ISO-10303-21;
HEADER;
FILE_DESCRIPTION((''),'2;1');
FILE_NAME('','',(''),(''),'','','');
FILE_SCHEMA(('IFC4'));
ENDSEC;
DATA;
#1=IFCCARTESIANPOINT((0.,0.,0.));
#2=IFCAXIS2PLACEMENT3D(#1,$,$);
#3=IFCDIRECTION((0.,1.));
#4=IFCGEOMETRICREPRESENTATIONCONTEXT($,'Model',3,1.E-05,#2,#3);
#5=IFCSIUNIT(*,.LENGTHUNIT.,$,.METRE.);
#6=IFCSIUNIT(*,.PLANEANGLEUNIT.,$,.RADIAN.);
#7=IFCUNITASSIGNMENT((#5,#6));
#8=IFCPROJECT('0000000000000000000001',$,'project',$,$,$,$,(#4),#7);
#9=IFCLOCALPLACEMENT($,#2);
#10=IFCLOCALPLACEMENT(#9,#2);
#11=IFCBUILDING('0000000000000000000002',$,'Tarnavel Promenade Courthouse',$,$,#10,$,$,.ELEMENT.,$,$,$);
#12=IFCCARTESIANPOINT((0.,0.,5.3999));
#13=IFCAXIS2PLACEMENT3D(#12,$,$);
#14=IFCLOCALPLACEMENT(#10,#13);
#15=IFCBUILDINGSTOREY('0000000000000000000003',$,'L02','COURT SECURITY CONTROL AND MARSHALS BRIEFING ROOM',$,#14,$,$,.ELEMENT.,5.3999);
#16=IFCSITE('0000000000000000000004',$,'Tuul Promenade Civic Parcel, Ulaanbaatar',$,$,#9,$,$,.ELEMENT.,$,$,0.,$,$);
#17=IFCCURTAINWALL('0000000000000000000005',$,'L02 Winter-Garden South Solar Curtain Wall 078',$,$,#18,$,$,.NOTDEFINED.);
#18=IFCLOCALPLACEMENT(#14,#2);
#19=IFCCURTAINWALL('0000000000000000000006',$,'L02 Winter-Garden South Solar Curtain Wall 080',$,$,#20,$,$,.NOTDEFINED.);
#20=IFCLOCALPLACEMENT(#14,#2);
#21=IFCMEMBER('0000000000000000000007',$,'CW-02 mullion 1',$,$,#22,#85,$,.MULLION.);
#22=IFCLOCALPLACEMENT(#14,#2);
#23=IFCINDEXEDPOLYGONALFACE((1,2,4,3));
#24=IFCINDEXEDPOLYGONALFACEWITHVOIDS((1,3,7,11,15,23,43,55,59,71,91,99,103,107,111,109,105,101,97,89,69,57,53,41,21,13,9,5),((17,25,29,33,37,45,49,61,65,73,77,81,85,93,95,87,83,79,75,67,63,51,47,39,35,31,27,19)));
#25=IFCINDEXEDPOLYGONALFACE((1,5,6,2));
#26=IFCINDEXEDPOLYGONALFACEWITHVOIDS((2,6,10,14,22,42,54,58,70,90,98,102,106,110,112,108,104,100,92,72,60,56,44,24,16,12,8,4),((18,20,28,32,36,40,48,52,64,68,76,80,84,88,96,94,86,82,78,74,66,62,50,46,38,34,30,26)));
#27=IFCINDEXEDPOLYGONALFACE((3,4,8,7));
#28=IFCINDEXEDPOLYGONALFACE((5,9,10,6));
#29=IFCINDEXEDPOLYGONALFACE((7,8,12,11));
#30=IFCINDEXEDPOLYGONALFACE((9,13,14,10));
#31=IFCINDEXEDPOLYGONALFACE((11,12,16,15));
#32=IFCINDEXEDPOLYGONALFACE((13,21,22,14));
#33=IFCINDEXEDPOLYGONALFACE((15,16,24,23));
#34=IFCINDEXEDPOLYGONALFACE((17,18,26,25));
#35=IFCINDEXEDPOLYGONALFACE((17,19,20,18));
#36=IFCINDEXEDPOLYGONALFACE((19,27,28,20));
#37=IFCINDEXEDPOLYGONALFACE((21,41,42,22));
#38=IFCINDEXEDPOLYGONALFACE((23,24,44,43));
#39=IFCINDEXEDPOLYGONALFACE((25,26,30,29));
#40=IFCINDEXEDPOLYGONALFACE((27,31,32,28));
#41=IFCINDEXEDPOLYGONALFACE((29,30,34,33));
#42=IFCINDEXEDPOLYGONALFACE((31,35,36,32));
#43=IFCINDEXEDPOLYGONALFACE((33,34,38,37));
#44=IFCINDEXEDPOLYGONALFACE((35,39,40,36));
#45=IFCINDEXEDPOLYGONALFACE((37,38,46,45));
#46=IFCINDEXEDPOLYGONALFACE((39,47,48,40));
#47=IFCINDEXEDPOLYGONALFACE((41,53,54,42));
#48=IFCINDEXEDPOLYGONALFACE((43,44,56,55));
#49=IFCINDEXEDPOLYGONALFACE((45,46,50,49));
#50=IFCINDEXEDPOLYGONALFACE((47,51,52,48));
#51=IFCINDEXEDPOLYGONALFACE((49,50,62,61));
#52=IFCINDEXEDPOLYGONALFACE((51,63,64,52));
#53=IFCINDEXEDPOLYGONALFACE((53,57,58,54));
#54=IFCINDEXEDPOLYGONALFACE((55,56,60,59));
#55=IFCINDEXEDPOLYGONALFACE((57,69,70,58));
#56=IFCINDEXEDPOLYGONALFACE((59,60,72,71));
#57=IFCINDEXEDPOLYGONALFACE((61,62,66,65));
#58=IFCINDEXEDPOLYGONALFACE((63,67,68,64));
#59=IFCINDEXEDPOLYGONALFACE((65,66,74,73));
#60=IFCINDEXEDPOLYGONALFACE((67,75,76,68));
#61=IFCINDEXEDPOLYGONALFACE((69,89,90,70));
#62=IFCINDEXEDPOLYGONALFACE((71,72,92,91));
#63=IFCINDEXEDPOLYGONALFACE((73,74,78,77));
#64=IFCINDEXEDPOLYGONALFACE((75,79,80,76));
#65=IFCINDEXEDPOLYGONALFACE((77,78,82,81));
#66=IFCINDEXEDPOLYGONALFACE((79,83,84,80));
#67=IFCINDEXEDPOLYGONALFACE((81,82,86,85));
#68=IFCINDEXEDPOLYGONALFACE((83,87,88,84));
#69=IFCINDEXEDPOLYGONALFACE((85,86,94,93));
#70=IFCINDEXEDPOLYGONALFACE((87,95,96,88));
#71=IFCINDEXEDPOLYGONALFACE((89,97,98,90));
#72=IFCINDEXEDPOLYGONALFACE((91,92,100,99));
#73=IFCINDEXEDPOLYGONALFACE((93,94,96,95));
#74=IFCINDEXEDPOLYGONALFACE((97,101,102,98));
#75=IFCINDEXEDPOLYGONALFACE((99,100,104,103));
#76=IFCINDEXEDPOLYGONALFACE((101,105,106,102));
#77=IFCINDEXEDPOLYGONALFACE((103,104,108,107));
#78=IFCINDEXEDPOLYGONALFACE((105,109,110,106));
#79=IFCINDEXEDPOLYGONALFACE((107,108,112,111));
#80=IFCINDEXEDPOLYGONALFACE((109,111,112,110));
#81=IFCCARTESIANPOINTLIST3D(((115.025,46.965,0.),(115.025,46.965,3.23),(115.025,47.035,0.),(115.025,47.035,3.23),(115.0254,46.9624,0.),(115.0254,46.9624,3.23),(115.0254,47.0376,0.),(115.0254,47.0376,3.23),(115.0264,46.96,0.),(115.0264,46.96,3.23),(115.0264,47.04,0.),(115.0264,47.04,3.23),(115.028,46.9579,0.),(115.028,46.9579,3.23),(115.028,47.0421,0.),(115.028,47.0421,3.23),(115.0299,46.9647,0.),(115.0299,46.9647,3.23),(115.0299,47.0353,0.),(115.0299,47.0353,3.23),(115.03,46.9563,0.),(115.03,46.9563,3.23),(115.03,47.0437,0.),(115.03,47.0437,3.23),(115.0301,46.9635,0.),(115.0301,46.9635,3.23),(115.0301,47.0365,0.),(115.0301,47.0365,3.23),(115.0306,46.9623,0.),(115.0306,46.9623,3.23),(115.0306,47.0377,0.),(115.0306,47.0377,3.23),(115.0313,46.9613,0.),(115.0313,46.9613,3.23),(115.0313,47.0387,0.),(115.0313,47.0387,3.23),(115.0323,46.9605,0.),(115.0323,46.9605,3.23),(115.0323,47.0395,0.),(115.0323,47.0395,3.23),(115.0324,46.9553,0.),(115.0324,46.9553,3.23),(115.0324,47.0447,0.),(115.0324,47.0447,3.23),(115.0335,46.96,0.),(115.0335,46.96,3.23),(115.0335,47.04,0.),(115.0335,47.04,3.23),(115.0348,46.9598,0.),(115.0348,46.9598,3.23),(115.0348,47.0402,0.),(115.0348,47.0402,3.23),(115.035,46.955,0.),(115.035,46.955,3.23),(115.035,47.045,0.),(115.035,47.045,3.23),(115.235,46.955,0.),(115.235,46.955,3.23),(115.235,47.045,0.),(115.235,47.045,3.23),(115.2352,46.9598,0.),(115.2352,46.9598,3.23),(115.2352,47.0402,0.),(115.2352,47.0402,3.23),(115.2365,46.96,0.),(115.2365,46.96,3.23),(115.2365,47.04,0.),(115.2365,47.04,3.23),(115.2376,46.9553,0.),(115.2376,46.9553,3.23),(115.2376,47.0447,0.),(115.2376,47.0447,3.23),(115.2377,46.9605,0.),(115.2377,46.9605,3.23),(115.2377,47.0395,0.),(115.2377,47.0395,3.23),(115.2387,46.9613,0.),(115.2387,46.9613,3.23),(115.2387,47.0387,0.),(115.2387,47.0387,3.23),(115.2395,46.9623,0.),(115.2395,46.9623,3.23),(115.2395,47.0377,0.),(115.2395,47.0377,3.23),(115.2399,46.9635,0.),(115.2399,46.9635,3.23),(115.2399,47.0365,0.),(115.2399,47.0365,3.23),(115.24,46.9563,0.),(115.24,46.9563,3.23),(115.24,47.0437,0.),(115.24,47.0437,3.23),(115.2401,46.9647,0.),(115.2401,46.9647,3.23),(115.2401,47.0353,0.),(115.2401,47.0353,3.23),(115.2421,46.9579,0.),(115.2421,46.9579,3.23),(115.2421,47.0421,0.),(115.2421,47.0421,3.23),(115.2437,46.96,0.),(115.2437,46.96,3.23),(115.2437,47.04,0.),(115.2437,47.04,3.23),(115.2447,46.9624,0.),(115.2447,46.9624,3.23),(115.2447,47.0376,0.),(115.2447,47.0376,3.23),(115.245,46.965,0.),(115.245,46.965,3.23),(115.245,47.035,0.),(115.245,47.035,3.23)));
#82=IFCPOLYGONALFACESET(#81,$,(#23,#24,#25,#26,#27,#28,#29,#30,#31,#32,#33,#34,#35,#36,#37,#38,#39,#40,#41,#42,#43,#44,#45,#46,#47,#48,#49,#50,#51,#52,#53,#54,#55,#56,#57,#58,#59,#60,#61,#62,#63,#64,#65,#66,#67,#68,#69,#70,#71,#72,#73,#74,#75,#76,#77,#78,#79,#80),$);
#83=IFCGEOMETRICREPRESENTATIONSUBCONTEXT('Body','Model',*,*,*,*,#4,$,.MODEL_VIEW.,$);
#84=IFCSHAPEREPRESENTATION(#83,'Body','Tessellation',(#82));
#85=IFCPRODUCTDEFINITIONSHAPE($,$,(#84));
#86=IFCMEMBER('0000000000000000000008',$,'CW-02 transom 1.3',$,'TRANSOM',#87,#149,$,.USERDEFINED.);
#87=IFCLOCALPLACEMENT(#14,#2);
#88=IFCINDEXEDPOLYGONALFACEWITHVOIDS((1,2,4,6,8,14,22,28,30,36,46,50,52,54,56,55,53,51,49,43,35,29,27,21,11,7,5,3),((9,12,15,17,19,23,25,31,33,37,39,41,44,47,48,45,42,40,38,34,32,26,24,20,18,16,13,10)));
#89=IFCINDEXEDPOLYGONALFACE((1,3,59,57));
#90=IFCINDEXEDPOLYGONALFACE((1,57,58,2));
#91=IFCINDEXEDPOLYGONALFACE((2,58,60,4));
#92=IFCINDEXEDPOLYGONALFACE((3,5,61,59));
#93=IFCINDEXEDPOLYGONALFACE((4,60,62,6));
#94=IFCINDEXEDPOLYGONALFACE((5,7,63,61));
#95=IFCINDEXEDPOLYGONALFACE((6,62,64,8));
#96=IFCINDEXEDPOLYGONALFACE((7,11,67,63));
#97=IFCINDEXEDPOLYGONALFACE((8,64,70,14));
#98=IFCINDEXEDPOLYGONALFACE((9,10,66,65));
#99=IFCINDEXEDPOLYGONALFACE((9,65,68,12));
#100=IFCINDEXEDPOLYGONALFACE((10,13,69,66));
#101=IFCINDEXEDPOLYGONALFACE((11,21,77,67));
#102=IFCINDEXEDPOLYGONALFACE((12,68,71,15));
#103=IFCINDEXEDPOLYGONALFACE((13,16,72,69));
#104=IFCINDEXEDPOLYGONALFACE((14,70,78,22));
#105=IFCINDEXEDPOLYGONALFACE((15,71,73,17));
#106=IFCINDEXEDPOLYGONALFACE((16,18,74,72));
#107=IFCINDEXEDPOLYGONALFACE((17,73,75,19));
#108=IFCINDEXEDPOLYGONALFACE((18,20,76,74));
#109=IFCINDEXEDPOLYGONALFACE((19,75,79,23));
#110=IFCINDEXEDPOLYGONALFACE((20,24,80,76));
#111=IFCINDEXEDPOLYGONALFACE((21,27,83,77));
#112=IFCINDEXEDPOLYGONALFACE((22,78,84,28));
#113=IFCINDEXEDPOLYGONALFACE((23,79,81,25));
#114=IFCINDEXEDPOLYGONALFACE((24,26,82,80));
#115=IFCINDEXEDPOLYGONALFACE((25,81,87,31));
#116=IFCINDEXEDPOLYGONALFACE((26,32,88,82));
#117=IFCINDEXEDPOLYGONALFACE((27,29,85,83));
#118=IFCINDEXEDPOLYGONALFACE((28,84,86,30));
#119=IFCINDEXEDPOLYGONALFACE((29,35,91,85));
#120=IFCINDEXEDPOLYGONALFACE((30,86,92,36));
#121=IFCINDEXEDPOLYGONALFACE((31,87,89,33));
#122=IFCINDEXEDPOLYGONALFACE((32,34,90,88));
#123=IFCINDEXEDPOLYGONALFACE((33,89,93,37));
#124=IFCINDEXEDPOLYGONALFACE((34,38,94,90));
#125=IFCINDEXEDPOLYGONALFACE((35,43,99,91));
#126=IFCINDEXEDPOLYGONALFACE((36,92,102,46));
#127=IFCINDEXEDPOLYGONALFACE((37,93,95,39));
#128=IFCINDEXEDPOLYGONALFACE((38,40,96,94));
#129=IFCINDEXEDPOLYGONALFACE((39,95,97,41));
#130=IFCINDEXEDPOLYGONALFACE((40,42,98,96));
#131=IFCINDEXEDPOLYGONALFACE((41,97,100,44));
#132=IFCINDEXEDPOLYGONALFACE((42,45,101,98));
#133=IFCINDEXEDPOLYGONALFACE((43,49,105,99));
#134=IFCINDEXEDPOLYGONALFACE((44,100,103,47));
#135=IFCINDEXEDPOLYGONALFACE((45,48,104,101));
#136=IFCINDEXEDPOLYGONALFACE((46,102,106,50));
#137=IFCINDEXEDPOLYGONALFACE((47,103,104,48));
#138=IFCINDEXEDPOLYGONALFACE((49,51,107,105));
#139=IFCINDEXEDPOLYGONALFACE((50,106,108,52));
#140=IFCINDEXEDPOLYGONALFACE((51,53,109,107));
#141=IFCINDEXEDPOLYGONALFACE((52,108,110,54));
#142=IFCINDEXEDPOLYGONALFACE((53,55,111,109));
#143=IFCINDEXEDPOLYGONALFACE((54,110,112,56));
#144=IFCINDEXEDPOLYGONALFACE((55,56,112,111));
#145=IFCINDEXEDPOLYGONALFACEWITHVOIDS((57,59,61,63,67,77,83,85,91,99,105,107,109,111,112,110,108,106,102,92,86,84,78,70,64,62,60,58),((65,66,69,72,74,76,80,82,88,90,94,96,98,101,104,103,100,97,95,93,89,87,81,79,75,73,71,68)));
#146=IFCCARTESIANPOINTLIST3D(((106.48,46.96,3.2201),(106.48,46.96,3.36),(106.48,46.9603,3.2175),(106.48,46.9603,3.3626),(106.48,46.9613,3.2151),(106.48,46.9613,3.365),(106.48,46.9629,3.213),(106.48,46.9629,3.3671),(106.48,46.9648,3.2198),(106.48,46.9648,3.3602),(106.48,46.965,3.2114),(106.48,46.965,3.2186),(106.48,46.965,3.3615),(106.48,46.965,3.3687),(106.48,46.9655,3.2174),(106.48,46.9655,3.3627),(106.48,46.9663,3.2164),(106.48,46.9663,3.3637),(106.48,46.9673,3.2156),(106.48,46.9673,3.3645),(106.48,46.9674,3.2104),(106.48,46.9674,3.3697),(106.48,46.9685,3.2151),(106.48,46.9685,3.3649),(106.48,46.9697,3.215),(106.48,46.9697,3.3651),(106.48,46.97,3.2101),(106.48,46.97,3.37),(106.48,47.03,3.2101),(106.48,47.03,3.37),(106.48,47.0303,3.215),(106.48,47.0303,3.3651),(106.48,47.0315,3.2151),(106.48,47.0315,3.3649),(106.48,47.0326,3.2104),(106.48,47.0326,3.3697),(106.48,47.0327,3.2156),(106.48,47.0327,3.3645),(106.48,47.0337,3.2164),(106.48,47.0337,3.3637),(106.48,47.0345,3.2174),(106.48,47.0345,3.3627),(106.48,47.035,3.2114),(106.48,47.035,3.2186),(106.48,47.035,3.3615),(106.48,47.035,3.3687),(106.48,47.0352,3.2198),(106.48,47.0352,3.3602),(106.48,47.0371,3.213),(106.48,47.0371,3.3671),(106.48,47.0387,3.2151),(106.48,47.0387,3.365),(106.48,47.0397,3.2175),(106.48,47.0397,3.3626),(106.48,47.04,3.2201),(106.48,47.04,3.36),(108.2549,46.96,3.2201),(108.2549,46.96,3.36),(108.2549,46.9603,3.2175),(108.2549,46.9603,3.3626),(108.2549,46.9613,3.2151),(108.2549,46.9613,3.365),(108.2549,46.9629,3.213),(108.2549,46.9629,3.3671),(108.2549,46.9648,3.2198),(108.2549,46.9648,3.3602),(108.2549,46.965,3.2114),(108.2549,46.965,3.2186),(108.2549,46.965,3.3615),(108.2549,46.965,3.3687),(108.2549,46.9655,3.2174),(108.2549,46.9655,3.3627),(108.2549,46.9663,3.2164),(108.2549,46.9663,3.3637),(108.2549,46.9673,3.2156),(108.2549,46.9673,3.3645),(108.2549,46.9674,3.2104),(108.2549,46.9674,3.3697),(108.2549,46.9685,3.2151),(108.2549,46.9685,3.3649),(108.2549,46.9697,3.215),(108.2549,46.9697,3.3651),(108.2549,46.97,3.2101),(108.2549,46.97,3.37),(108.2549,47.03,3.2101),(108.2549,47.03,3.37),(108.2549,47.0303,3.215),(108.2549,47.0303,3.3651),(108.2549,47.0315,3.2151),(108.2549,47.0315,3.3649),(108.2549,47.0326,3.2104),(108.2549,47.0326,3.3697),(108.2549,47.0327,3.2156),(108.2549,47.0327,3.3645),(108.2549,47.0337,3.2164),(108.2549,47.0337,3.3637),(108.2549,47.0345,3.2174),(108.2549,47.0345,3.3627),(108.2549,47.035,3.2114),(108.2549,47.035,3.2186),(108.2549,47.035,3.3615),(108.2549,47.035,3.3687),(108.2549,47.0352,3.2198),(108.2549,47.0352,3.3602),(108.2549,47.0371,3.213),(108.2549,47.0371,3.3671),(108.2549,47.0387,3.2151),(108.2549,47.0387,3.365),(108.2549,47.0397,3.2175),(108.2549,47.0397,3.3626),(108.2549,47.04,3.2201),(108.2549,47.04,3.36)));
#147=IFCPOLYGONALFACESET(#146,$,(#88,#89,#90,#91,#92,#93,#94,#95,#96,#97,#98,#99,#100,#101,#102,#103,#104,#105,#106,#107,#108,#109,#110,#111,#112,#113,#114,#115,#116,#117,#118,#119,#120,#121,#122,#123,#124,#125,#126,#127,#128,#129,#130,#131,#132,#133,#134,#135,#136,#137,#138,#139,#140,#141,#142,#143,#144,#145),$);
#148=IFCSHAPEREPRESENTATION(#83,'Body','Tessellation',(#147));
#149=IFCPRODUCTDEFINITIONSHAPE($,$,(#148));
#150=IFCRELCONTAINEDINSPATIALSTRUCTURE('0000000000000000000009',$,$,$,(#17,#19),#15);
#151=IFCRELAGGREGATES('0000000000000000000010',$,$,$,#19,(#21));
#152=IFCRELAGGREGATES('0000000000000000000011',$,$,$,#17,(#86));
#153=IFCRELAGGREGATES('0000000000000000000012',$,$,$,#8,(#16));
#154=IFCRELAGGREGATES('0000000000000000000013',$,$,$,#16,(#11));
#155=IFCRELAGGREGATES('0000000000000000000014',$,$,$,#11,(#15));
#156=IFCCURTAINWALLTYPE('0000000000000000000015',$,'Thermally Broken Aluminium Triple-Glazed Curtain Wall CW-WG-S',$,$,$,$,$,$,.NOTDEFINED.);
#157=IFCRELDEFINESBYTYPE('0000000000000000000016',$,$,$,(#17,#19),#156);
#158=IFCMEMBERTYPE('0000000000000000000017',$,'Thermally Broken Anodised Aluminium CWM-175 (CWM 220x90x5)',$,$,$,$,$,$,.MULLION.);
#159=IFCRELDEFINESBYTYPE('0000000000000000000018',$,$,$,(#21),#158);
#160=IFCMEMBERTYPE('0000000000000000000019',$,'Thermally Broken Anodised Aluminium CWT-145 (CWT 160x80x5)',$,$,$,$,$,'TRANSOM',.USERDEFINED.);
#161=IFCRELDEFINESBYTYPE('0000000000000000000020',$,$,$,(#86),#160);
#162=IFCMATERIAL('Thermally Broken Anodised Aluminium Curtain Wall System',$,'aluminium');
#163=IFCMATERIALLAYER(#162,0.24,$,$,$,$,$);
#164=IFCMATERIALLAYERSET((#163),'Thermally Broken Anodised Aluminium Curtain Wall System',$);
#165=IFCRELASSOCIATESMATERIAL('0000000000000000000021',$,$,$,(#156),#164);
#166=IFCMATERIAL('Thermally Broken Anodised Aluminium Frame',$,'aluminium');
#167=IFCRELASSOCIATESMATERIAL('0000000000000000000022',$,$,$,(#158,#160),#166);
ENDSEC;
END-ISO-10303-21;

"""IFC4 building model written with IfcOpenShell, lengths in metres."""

from ifc_helpers import new_model, si_unit, direction, frame, origin, origin_2d, place, context, subcontext, project, spatial, hollow_rectangle, extrude, material, layer, layer_set, material_profile, profile_set, type_object, element, aggregate, save


model = new_model("IFC4")

# Units and contexts
model_context = context("Model", 3, precision=1e-05, world=origin(), true_north=direction((0.0, 1.0)))
body_context = subcontext(model_context, "Body", "Model", "MODEL_VIEW")
ifc_project = project(units=[si_unit("LENGTHUNIT", "METRE"), si_unit("PLANEANGLEUNIT", "RADIAN")], contexts=[model_context])

# Site, building, storey
site_placement = place(None, origin())
site = spatial("IfcSite", under=ifc_project, at=site_placement, Name="Tuul Promenade Civic Parcel, Ulaanbaatar", CompositionType="ELEMENT", RefElevation=0.0)
building_placement = place(site_placement, origin())
building = spatial("IfcBuilding", under=site, at=building_placement, Name="Tarnavel Promenade Courthouse", CompositionType="ELEMENT")
storey_placement = place(building_placement, frame((0.0, 0.0, 5.3999)))
storey = spatial("IfcBuildingStorey", under=building, at=storey_placement, Name="L02", Description="COURT SECURITY CONTROL AND MARSHALS BRIEFING ROOM", CompositionType="ELEMENT", Elevation=5.3999)

# Curtain wall
ifc_material_1 = material(Name="Thermally Broken Anodised Aluminium Curtain Wall System", Category="aluminium")
ifc_layer_1 = layer(ifc_material_1, 0.24)
ifc_layer_set_1 = layer_set([ifc_layer_1], Name="Thermally Broken Anodised Aluminium Curtain Wall System")
curtain_wall_type = type_object("IfcCurtainWallType", Name="Thermally Broken Aluminium Triple-Glazed Curtain Wall CW-WG-S", PredefinedType="NOTDEFINED", material=ifc_layer_set_1)
curtain_wall_1_placement = place(storey_placement, origin())
curtain_wall_1 = element("IfcCurtainWall", 1, at=curtain_wall_1_placement, inside=storey, type_object=curtain_wall_type, Name="L02 Winter-Garden South Solar Curtain Wall 078", PredefinedType="NOTDEFINED")
ifc_material_2 = material(Name="Thermally Broken Anodised Aluminium Frame", Category="aluminium")
ifc_material_profile_1 = material_profile(ifc_material_2, hollow_rectangle(XDim=0.0901, YDim=0.22, WallThickness=0.0049, InnerFilletRadius=0.0049, OuterFilletRadius=0.01, at=origin_2d()), Name="CWM 220x90x5")
ifc_profile_set_1 = profile_set([ifc_material_profile_1], Name="Thermally Broken Anodised Aluminium Frame")
member_type_1 = type_object("IfcMemberType", Name="Thermally Broken Anodised Aluminium CWM-175 (CWM 220x90x5)", PredefinedType="MULLION", material=ifc_profile_set_1)

# Curtain wall, member
curtain_wall_2_placement = place(storey_placement, origin())
curtain_wall_2 = element("IfcCurtainWall", 2, at=curtain_wall_2_placement, inside=storey, type_object=curtain_wall_type, Name="L02 Winter-Garden South Solar Curtain Wall 080", PredefinedType="NOTDEFINED")
member_1_placement = place(storey_placement, frame((115.135, 47.0, 0.0), z_axis=(0.0, 0.0, 1.0), x_axis=(0.0, 1.0, 0.0)))
member_1 = element("IfcMember", 3, at=member_1_placement, type_object=member_type_1, Name="CW-02 mullion 1", PredefinedType="MULLION", context=body_context, shape_type="SweptSolid", body=[
    extrude(hollow_rectangle(XDim=0.0901, YDim=0.22, WallThickness=0.0049, InnerFilletRadius=0.0049, OuterFilletRadius=0.01, at=origin_2d()), origin(), (0.0, 0.0, 1.0), 3.23),
])

# Member
ifc_material_profile_2 = material_profile(ifc_material_2, hollow_rectangle(XDim=0.0801, YDim=0.1599, WallThickness=0.0049, InnerFilletRadius=0.0049, OuterFilletRadius=0.01, at=origin_2d()), Name="CWT 160x80x5")
ifc_profile_set_2 = profile_set([ifc_material_profile_2], Name="Thermally Broken Anodised Aluminium Frame")
member_type_2 = type_object("IfcMemberType", Name="Thermally Broken Anodised Aluminium CWT-145 (CWT 160x80x5)", ElementType="TRANSOM", PredefinedType="USERDEFINED", material=ifc_profile_set_2)
member_2_placement = place(storey_placement, frame((106.48, 47.0, 3.29), z_axis=(1.0, 0.0, 0.0), x_axis=(0.0, 1.0, 0.0)))
member_2 = element("IfcMember", 4, at=member_2_placement, type_object=member_type_2, Name="CW-02 transom 1.3", ObjectType="TRANSOM", PredefinedType="USERDEFINED", context=body_context, shape_type="SweptSolid", body=[
    extrude(hollow_rectangle(XDim=0.0801, YDim=0.1599, WallThickness=0.0049, InnerFilletRadius=0.0049, OuterFilletRadius=0.01, at=origin_2d()), origin(), (0.0, 0.0, 1.0), 1.7749),
])
aggregate(curtain_wall_2, [member_1])

aggregate(curtain_wall_1, [member_2])

save(model, "model.ifc")
